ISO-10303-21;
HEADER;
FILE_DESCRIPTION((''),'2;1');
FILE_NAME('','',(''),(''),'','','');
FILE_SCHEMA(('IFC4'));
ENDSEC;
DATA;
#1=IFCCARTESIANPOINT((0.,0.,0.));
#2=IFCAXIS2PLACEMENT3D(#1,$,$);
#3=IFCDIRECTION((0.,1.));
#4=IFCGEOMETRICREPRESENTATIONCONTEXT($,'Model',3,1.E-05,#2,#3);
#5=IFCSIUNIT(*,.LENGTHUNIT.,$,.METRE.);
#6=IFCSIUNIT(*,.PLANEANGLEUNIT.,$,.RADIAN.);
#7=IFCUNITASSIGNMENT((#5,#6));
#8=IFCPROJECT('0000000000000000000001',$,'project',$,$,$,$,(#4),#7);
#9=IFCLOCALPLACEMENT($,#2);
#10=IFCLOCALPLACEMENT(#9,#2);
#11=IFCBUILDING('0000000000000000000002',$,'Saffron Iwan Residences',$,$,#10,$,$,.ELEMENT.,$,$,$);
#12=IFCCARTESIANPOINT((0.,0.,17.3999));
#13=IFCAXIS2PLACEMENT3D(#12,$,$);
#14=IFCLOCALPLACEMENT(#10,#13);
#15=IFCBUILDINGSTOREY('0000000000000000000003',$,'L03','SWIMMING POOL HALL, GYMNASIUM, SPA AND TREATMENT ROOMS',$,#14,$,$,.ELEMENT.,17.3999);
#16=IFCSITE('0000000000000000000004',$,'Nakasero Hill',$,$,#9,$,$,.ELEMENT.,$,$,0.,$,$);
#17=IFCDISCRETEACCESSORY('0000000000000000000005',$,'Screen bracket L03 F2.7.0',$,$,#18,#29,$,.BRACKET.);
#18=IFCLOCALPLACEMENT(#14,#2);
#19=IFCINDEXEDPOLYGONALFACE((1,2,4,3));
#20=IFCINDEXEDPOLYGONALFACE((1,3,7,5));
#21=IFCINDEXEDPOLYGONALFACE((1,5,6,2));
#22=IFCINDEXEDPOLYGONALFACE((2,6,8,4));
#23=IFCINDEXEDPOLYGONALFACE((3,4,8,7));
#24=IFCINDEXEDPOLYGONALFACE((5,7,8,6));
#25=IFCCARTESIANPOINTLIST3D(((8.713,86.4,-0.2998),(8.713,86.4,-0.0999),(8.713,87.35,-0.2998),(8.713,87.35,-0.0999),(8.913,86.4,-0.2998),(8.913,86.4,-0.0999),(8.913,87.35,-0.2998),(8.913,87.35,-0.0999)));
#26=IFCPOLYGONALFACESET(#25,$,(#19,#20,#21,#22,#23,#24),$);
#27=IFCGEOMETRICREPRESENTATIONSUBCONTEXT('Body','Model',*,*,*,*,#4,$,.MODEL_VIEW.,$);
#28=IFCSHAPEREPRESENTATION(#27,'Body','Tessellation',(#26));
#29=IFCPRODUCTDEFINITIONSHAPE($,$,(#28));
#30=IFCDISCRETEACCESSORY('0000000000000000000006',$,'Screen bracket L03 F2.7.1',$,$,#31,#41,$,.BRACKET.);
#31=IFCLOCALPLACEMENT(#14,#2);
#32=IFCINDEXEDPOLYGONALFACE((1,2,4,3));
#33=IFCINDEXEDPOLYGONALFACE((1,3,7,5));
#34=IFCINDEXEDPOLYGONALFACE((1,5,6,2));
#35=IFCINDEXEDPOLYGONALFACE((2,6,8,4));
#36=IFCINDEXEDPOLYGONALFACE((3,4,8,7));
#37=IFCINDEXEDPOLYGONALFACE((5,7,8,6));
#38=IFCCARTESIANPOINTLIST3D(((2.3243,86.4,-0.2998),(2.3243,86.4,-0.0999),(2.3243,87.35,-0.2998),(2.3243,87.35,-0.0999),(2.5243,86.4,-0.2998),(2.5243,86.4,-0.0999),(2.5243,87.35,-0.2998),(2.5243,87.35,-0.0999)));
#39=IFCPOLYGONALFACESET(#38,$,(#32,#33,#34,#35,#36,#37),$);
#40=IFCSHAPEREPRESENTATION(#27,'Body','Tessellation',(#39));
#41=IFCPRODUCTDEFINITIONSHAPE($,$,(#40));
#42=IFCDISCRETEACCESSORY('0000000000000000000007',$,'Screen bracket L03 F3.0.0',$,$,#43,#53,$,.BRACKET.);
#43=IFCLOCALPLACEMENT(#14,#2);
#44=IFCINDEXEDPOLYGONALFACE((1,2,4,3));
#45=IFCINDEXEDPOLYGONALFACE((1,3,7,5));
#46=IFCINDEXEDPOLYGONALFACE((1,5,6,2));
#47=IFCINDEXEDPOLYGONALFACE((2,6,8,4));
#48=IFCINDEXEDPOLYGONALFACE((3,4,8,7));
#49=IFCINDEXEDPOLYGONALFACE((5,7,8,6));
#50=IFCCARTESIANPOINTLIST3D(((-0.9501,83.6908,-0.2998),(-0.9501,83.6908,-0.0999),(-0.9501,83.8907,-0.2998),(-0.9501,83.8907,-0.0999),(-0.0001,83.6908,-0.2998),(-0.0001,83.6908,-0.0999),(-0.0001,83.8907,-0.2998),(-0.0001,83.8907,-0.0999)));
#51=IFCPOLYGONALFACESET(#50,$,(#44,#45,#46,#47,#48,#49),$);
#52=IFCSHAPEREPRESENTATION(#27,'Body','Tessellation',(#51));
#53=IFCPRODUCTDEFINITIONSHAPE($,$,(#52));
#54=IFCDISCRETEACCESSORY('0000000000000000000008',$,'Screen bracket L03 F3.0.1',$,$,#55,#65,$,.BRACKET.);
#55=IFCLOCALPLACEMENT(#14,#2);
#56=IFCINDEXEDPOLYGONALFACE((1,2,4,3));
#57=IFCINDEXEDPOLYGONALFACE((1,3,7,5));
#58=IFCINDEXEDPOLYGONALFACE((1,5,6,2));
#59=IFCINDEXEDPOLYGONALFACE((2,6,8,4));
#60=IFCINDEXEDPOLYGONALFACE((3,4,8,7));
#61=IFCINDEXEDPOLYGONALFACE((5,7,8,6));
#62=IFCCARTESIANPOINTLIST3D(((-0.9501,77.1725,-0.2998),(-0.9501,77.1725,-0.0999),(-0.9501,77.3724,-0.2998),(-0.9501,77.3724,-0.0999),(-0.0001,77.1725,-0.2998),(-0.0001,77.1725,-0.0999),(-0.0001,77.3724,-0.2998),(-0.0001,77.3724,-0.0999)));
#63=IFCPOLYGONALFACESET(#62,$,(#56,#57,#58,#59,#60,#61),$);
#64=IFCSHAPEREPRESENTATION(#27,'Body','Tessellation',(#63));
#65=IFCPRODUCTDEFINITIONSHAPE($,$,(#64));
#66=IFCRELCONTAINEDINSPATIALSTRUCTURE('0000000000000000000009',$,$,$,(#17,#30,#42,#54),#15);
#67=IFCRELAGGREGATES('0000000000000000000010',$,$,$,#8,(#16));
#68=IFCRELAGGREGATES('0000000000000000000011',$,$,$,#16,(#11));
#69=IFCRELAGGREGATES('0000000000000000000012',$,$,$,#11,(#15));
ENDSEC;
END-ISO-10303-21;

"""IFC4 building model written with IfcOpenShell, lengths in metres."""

from ifc_helpers import new_model, si_unit, direction, frame, origin, origin_2d, place, context, subcontext, project, spatial, rectangle, extrude, source, transform, mapped, element, save


model = new_model("IFC4")

# Units and contexts
model_context = context("Model", 3, precision=1e-05, world=origin(), true_north=direction((0.0, 1.0)))
body_context = subcontext(model_context, "Body", "Model", "MODEL_VIEW")
ifc_project = project(units=[si_unit("LENGTHUNIT", "METRE"), si_unit("PLANEANGLEUNIT", "RADIAN")], contexts=[model_context])

# Site, building, storey
site_placement = place(None, origin())
site = spatial("IfcSite", under=ifc_project, at=site_placement, Name="Nakasero Hill", CompositionType="ELEMENT", RefElevation=0.0)
building_placement = place(site_placement, origin())
building = spatial("IfcBuilding", under=site, at=building_placement, Name="Saffron Iwan Residences", CompositionType="ELEMENT")
storey_placement = place(building_placement, frame((0.0, 0.0, 17.3999)))
storey = spatial("IfcBuildingStorey", under=building, at=storey_placement, Name="L03", Description="SWIMMING POOL HALL, GYMNASIUM, SPA AND TREATMENT ROOMS", CompositionType="ELEMENT", Elevation=17.3999)

# Discrete accessories
shared_shape_1 = source(origin(), body_context, "Body", "SweptSolid", [
    extrude(rectangle(XDim=0.95, YDim=0.2, at=origin_2d()), origin(), (0.0, 0.0, 1.0), 0.2),
])
for number, where, z_axis, x_axis, name in (
    (1, (8.813, 86.875, -0.2998), (0.0, 0.0, 1.0), (0.0, 1.0, 0.0), "Screen bracket L03 F2.7.0"),
    (2, (2.4243, 86.875, -0.2998), (0.0, 0.0, 1.0), (0.0, 1.0, 0.0), "Screen bracket L03 F2.7.1"),
    (3, (-0.4751, 83.7908, -0.2998), (0.0, 0.0, 1.0), (-1.0, 0.0, 0.0), "Screen bracket L03 F3.0.0"),
    (4, (-0.4751, 77.2725, -0.2998), (0.0, 0.0, 1.0), (-1.0, 0.0, 0.0), "Screen bracket L03 F3.0.1"),
):
    element("IfcDiscreteAccessory", number, at=place(storey_placement, frame(where, z_axis=z_axis, x_axis=x_axis)), inside=storey, Name=name, PredefinedType="BRACKET", context=body_context, shape_type="MappedRepresentation", body=[
        mapped(shared_shape_1, transform((0.0, 0.0, 0.0))),
    ])

save(model, "model.ifc")
